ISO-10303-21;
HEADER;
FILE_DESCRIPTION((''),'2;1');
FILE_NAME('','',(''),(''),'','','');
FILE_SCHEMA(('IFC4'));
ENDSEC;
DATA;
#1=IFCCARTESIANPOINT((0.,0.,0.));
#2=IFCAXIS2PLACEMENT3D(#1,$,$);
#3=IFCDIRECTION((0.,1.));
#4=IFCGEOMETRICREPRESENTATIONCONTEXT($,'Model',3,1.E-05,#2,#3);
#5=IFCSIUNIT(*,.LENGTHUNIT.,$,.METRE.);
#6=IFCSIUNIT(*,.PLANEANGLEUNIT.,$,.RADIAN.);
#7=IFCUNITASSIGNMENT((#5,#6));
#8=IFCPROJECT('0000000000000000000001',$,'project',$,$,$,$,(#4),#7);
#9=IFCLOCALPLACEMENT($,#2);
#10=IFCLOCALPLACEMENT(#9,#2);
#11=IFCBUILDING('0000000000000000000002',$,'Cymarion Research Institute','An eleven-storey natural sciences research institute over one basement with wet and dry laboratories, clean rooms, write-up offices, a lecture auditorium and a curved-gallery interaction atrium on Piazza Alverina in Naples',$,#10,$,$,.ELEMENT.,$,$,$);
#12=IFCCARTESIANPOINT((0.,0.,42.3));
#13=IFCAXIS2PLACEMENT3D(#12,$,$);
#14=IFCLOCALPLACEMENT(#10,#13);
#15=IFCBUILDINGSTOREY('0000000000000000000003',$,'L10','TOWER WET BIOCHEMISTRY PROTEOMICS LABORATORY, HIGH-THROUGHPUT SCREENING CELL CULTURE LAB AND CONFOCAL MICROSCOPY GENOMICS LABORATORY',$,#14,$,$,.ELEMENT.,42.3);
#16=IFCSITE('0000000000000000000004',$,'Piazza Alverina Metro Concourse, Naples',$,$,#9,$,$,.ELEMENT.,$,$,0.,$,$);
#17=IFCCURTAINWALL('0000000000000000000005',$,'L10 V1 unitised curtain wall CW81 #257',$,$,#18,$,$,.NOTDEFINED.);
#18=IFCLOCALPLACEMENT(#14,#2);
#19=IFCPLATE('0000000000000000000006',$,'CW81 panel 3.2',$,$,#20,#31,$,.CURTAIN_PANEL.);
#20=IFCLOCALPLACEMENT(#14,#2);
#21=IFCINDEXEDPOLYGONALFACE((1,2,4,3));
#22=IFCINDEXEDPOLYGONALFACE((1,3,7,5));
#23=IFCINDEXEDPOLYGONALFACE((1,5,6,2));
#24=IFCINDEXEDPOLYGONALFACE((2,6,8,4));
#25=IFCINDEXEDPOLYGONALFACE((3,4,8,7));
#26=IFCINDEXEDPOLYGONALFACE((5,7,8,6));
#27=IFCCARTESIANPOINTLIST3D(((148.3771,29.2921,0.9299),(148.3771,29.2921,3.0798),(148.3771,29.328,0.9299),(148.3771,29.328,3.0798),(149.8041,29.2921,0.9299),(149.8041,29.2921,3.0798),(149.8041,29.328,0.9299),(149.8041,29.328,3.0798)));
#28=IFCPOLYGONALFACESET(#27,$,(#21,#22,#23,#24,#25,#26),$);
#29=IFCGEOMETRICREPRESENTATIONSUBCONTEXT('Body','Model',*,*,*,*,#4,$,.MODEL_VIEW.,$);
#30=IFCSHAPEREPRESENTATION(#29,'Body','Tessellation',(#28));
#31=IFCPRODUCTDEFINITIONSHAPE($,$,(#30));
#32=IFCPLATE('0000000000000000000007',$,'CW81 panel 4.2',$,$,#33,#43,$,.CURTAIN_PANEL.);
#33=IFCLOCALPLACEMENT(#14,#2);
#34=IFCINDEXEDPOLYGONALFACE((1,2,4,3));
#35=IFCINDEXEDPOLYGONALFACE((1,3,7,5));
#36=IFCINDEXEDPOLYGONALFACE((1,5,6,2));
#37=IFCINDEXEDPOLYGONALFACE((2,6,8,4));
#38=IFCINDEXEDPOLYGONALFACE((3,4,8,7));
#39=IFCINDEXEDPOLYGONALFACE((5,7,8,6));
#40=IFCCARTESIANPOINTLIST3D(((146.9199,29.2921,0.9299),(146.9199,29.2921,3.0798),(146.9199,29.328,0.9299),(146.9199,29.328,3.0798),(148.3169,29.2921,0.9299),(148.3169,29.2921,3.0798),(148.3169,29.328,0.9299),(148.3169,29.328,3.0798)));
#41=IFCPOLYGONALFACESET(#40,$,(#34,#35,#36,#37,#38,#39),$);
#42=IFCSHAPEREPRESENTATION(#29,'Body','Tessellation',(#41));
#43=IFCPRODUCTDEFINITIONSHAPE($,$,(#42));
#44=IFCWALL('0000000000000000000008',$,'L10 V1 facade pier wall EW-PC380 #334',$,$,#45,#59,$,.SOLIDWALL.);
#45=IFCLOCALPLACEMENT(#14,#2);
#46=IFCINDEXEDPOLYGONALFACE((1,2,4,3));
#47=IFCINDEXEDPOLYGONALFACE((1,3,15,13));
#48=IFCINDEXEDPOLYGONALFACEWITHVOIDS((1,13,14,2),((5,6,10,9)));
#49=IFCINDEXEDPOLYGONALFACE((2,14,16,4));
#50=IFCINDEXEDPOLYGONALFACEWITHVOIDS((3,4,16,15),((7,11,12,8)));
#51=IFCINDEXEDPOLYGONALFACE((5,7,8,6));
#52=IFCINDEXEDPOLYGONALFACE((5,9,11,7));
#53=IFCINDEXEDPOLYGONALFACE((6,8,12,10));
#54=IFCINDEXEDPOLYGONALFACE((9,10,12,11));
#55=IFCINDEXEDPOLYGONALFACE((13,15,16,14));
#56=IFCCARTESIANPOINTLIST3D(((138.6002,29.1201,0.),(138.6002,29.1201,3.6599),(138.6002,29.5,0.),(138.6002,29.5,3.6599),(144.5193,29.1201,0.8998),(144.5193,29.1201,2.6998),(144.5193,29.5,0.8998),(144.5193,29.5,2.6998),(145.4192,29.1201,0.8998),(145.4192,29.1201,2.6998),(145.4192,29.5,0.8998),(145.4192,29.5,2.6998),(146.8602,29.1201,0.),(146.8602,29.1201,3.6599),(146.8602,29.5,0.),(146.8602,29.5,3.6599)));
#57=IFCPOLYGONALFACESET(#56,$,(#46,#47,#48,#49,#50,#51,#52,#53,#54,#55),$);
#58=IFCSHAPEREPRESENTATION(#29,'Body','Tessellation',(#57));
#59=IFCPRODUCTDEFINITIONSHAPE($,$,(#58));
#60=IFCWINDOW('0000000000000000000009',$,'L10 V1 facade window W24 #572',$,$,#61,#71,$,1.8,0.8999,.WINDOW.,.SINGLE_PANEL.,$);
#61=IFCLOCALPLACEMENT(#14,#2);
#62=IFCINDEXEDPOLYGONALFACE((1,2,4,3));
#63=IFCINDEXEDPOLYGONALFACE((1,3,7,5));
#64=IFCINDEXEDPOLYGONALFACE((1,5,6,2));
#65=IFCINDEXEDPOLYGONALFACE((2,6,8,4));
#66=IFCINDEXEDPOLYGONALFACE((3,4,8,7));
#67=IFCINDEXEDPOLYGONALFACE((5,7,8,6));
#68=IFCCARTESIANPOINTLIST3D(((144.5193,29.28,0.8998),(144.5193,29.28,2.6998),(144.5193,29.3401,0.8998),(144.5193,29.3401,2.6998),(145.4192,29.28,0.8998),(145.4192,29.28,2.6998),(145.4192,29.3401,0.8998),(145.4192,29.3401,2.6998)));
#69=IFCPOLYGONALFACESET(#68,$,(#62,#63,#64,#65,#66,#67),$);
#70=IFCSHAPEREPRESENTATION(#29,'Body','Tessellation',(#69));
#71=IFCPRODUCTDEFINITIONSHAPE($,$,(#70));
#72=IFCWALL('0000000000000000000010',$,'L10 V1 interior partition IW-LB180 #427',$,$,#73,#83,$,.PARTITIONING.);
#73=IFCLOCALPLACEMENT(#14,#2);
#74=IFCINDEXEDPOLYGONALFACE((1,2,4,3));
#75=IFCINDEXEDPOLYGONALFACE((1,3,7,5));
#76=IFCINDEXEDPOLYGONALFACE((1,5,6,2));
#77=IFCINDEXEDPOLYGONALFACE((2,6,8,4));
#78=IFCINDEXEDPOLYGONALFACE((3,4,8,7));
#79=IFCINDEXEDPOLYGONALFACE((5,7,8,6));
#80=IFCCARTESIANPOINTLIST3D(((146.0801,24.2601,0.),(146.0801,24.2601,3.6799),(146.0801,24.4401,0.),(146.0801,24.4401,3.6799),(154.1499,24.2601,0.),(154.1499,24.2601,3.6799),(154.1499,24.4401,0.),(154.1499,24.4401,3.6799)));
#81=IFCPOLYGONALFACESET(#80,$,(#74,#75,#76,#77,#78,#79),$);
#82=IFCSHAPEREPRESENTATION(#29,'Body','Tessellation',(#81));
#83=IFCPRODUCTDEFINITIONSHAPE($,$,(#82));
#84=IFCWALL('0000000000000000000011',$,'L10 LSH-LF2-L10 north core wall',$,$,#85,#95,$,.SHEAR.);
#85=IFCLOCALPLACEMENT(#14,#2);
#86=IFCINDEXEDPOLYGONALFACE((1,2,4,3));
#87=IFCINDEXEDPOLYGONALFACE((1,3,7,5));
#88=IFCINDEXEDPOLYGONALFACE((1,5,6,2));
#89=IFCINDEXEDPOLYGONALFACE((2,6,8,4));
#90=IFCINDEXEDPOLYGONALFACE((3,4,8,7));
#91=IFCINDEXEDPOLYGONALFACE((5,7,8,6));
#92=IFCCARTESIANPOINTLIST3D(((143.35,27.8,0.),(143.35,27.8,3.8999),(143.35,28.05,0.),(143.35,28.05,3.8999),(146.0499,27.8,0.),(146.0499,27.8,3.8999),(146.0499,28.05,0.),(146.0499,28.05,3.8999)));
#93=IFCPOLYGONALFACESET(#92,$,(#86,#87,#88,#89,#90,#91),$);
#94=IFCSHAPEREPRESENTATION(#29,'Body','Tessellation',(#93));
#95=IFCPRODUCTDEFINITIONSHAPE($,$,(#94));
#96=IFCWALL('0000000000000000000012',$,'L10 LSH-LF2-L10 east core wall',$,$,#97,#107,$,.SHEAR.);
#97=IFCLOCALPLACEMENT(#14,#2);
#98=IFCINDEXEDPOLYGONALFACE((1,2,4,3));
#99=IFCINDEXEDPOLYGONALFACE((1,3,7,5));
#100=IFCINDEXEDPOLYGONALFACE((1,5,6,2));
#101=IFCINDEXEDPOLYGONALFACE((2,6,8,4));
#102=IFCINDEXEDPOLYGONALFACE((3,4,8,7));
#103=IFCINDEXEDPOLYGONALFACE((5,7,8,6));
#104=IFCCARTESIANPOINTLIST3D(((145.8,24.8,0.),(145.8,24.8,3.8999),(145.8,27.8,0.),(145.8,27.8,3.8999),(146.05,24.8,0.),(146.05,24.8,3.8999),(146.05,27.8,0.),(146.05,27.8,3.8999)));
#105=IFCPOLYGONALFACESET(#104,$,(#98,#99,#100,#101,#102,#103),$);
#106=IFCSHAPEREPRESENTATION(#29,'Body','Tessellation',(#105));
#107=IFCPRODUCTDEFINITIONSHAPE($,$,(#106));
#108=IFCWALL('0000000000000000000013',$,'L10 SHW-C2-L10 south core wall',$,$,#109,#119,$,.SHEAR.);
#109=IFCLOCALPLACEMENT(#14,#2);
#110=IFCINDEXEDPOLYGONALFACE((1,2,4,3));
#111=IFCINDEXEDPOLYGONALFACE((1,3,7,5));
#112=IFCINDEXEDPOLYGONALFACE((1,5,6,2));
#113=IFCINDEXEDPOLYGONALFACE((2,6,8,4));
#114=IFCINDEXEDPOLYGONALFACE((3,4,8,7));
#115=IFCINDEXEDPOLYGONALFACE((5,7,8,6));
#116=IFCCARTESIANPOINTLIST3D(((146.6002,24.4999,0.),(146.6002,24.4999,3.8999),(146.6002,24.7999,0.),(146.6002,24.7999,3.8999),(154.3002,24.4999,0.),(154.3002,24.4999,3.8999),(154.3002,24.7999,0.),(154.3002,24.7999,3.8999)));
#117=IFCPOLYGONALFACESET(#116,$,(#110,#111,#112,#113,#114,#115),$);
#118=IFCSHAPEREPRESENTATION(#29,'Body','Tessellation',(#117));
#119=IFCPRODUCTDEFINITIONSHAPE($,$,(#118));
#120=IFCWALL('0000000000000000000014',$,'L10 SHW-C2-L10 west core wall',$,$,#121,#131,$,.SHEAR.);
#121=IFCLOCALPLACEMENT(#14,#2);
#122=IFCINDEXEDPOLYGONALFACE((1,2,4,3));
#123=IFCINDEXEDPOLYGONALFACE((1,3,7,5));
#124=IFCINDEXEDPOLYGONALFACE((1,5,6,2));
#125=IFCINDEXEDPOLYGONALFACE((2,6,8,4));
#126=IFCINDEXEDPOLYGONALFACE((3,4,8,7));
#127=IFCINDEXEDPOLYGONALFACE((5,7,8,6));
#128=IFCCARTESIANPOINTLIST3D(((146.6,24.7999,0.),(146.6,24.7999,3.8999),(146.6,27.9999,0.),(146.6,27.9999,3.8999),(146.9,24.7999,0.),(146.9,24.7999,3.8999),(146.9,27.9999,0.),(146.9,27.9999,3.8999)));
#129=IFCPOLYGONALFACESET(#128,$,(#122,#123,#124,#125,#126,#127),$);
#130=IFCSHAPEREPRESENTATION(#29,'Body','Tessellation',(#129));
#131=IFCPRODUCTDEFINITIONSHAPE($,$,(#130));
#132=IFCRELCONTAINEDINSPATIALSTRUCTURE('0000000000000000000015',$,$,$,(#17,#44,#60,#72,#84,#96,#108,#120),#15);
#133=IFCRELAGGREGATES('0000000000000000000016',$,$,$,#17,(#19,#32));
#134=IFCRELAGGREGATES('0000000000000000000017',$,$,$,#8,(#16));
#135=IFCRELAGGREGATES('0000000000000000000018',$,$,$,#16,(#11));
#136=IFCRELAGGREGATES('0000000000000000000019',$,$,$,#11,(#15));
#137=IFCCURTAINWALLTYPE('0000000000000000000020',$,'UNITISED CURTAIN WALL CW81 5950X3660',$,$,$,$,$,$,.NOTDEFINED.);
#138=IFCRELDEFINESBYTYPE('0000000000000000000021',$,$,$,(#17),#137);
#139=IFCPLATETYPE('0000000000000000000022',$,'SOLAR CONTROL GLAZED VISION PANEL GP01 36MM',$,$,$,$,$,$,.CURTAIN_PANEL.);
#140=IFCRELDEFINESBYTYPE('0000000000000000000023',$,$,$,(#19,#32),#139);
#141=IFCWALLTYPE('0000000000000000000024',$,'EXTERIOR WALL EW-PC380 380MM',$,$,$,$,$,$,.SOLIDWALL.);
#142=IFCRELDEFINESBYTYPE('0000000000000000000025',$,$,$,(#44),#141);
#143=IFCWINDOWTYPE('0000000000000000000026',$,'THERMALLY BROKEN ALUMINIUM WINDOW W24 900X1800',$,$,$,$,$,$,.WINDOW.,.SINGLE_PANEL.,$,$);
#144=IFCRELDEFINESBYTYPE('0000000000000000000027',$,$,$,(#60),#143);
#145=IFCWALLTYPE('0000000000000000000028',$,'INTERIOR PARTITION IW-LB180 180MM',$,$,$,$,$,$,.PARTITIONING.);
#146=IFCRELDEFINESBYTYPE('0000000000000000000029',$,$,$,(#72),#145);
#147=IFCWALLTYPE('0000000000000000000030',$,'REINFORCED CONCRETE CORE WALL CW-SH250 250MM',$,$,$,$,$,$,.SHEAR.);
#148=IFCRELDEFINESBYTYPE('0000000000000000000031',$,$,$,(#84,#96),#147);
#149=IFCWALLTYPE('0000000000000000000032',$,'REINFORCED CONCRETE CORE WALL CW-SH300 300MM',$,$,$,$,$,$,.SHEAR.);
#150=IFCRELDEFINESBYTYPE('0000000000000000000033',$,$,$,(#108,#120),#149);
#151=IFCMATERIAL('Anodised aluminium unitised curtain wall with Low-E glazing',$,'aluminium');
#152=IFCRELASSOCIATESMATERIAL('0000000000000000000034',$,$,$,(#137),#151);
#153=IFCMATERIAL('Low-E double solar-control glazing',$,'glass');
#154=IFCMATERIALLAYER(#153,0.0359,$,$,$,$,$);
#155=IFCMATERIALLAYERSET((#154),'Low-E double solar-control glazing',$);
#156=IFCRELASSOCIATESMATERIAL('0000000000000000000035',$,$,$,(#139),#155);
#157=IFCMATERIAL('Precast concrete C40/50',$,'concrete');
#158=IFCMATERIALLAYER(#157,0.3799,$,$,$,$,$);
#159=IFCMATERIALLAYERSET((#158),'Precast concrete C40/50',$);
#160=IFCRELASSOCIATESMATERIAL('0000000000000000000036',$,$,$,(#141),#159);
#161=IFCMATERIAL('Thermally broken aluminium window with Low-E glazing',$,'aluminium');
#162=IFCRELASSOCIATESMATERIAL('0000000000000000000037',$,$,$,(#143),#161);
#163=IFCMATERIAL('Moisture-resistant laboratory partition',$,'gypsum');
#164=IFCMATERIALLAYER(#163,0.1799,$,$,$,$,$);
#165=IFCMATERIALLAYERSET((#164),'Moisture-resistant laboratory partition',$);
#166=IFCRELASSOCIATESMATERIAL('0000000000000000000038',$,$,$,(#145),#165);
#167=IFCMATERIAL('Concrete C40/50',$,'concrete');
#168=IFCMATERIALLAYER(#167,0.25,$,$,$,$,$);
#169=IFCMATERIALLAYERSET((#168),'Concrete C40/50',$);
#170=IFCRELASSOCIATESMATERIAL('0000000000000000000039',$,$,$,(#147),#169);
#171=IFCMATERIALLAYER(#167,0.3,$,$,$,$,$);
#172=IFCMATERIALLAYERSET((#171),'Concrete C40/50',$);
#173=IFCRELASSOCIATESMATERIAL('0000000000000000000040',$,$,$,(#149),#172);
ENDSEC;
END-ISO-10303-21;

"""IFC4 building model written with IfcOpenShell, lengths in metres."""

from ifc_helpers import new_model, si_unit, direction, frame, frame_2d, origin, origin_2d, place, context, subcontext, project, spatial, rectangle, extrude, material, layer, layer_set, type_object, element, fill, aggregate, save


model = new_model("IFC4")

# Units and contexts
model_context = context("Model", 3, precision=1e-05, world=origin(), true_north=direction((0.0, 1.0)))
body_context = subcontext(model_context, "Body", "Model", "MODEL_VIEW")
ifc_project = project(units=[si_unit("LENGTHUNIT", "METRE"), si_unit("PLANEANGLEUNIT", "RADIAN")], contexts=[model_context])

# Site, building, storey
site_placement = place(None, origin())
site = spatial("IfcSite", under=ifc_project, at=site_placement, Name="Piazza Alverina Metro Concourse, Naples", CompositionType="ELEMENT", RefElevation=0.0)
building_placement = place(site_placement, origin())
building = spatial("IfcBuilding", under=site, at=building_placement, Name="Cymarion Research Institute", Description="An eleven-storey natural sciences research institute over one basement with wet and dry laboratories, clean rooms, write-up offices, a lecture auditorium and a curved-gallery interaction atrium on Piazza Alverina in Naples", CompositionType="ELEMENT")
storey_placement = place(building_placement, frame((0.0, 0.0, 42.3)))
storey = spatial("IfcBuildingStorey", under=building, at=storey_placement, Name="L10", Description="TOWER WET BIOCHEMISTRY PROTEOMICS LABORATORY, HIGH-THROUGHPUT SCREENING CELL CULTURE LAB AND CONFOCAL MICROSCOPY GENOMICS LABORATORY", CompositionType="ELEMENT", Elevation=42.3)

# Shared definitions
ifc_material_1 = material(Name="Concrete C40/50", Category="concrete")

# Curtain wall
ifc_material_2 = material(Name="Anodised aluminium unitised curtain wall with Low-E glazing", Category="aluminium")
curtain_wall_type = type_object("IfcCurtainWallType", Name="UNITISED CURTAIN WALL CW81 5950X3660", PredefinedType="NOTDEFINED", material=ifc_material_2)
curtain_wall_placement = place(storey_placement, origin())
curtain_wall = element("IfcCurtainWall", 1, at=curtain_wall_placement, inside=storey, type_object=curtain_wall_type, Name="L10 V1 unitised curtain wall CW81 #257", PredefinedType="NOTDEFINED")

# Plates
ifc_material_3 = material(Name="Low-E double solar-control glazing", Category="glass")
ifc_layer_1 = layer(ifc_material_3, 0.0359)
ifc_layer_set_1 = layer_set([ifc_layer_1], Name="Low-E double solar-control glazing")
plate_type_1 = type_object("IfcPlateType", Name="SOLAR CONTROL GLAZED VISION PANEL GP01 36MM", PredefinedType="CURTAIN_PANEL", material=ifc_layer_set_1)
plate_1_placement = place(storey_placement, frame((149.0906, 29.3101, 0.9299), z_axis=(0.0, 0.0, 1.0), x_axis=(-1.0, 0.0, 0.0)))
plate_1 = element("IfcPlate", 2, at=plate_1_placement, type_object=plate_type_1, Name="CW81 panel 3.2", PredefinedType="CURTAIN_PANEL", context=body_context, shape_type="SweptSolid", body=[
    extrude(rectangle(XDim=1.427, YDim=0.0359, at=origin_2d()), origin(), (0.0, 0.0, 1.0), 2.1499),
])
plate_2_placement = place(storey_placement, frame((147.6184, 29.3101, 0.9299), z_axis=(0.0, 0.0, 1.0), x_axis=(-1.0, 0.0, 0.0)))
plate_2 = element("IfcPlate", 3, at=plate_2_placement, type_object=plate_type_1, Name="CW81 panel 4.2", PredefinedType="CURTAIN_PANEL", context=body_context, shape_type="SweptSolid", body=[
    extrude(rectangle(XDim=1.397, YDim=0.0359, at=origin_2d()), origin(), (0.0, 0.0, 1.0), 2.1499),
])
aggregate(curtain_wall, [plate_1, plate_2])

# Wall, opening, window
ifc_material_4 = material(Name="Precast concrete C40/50", Category="concrete")
ifc_layer_2 = layer(ifc_material_4, 0.3799)
ifc_layer_set_2 = layer_set([ifc_layer_2], Name="Precast concrete C40/50")
wall_type_1 = type_object("IfcWallType", Name="EXTERIOR WALL EW-PC380 380MM", PredefinedType="SOLIDWALL", material=ifc_layer_set_2)
wall_1_placement = place(storey_placement, frame((146.8601, 29.3101, 0.0), z_axis=(0.0, 0.0, 1.0), x_axis=(-1.0, 0.0, 0.0)))
wall_1 = element("IfcWall", 4, at=wall_1_placement, inside=storey, type_object=wall_type_1, Name="L10 V1 facade pier wall EW-PC380 #334", PredefinedType="SOLIDWALL", context=body_context, shape_type="SweptSolid", body=[
    extrude(rectangle(XDim=8.26, YDim=0.3799, at=frame_2d((4.1299, 0.0))), origin(), (0.0, 0.0, 1.0), 3.6599),
])
opening_placement = place(wall_1_placement, frame((1.4409, 0.0, 0.8999)))
opening = element("IfcOpeningElement", 5, at=opening_placement, cuts=wall_1, PredefinedType="OPENING", context=body_context, shape_type="SweptSolid", body=[
    extrude(rectangle(XDim=0.8999, YDim=1.8, at=frame_2d((0.45, 0.8999))), frame((0.0, 0.2, 0.0), z_axis=(0.0, -1.0, 0.0), x_axis=(1.0, 0.0, 0.0)), (0.0, 0.0, 1.0), 0.3999),
])
ifc_material_5 = material(Name="Thermally broken aluminium window with Low-E glazing", Category="aluminium")
window_type = type_object("IfcWindowType", Name="THERMALLY BROKEN ALUMINIUM WINDOW W24 900X1800", PartitioningType="SINGLE_PANEL", PredefinedType="WINDOW", material=ifc_material_5)
window_placement = place(opening_placement, origin())
window = element("IfcWindow", 6, at=window_placement, inside=storey, type_object=window_type, Name="L10 V1 facade window W24 #572", OverallHeight=1.8, OverallWidth=0.8999, PartitioningType="SINGLE_PANEL", PredefinedType="WINDOW", context=body_context, shape_type="SweptSolid", body=[
    extrude(rectangle(XDim=0.8999, YDim=1.8, at=frame_2d((0.45, 0.8999))), frame((0.0, 0.03, 0.0), z_axis=(0.0, -1.0, 0.0), x_axis=(1.0, 0.0, 0.0)), (0.0, 0.0, 1.0), 0.0601),
])
fill(opening, window)

# Walls
ifc_material_6 = material(Name="Moisture-resistant laboratory partition", Category="gypsum")
ifc_layer_3 = layer(ifc_material_6, 0.1799)
ifc_layer_set_3 = layer_set([ifc_layer_3], Name="Moisture-resistant laboratory partition")
wall_type_2 = type_object("IfcWallType", Name="INTERIOR PARTITION IW-LB180 180MM", PredefinedType="PARTITIONING", material=ifc_layer_set_3)
wall_2_placement = place(storey_placement, frame((146.0801, 24.3501, 0.0), z_axis=(0.0, 0.0, 1.0), x_axis=(1.0, 0.0, 0.0)))
element("IfcWall", 7, at=wall_2_placement, inside=storey, type_object=wall_type_2, Name="L10 V1 interior partition IW-LB180 #427", PredefinedType="PARTITIONING", context=body_context, shape_type="SweptSolid", body=[
    extrude(rectangle(XDim=8.0698, YDim=0.1799, at=frame_2d((4.0349, 0.0))), origin(), (0.0, 0.0, 1.0), 3.6799),
])
ifc_layer_4 = layer(ifc_material_1, 0.25)
ifc_layer_set_4 = layer_set([ifc_layer_4], Name="Concrete C40/50")
wall_type_3 = type_object("IfcWallType", Name="REINFORCED CONCRETE CORE WALL CW-SH250 250MM", PredefinedType="SHEAR", material=ifc_layer_set_4)
wall_3_placement = place(storey_placement, frame((146.05, 27.925, 0.0), z_axis=(0.0, 0.0, 1.0), x_axis=(-1.0, 0.0, 0.0)))
element("IfcWall", 8, at=wall_3_placement, inside=storey, type_object=wall_type_3, Name="L10 LSH-LF2-L10 north core wall", PredefinedType="SHEAR", context=body_context, shape_type="SweptSolid", body=[
    extrude(rectangle(XDim=2.7, YDim=0.25, at=frame_2d((1.3501, 0.0))), origin(), (0.0, 0.0, 1.0), 3.8999),
])
wall_4_placement = place(storey_placement, frame((145.925, 24.8, 0.0), z_axis=(0.0, 0.0, 1.0), x_axis=(0.0, 1.0, 0.0)))
element("IfcWall", 9, at=wall_4_placement, inside=storey, type_object=wall_type_3, Name="L10 LSH-LF2-L10 east core wall", PredefinedType="SHEAR", context=body_context, shape_type="SweptSolid", body=[
    extrude(rectangle(XDim=3.0, YDim=0.25, at=frame_2d((1.5, 0.0))), origin(), (0.0, 0.0, 1.0), 3.8999),
])
ifc_layer_5 = layer(ifc_material_1, 0.3)
ifc_layer_set_5 = layer_set([ifc_layer_5], Name="Concrete C40/50")
wall_type_4 = type_object("IfcWallType", Name="REINFORCED CONCRETE CORE WALL CW-SH300 300MM", PredefinedType="SHEAR", material=ifc_layer_set_5)
wall_5_placement = place(storey_placement, frame((146.6001, 24.6499, 0.0), z_axis=(0.0, 0.0, 1.0), x_axis=(1.0, 0.0, 0.0)))
element("IfcWall", 10, at=wall_5_placement, inside=storey, type_object=wall_type_4, Name="L10 SHW-C2-L10 south core wall", PredefinedType="SHEAR", context=body_context, shape_type="SweptSolid", body=[
    extrude(rectangle(XDim=7.7, YDim=0.3, at=frame_2d((3.8501, 0.0))), origin(), (0.0, 0.0, 1.0), 3.8999),
])
wall_6_placement = place(storey_placement, frame((146.75, 28.0, 0.0), z_axis=(0.0, 0.0, 1.0), x_axis=(0.0, -1.0, 0.0)))
element("IfcWall", 11, at=wall_6_placement, inside=storey, type_object=wall_type_4, Name="L10 SHW-C2-L10 west core wall", PredefinedType="SHEAR", context=body_context, shape_type="SweptSolid", body=[
    extrude(rectangle(XDim=3.2, YDim=0.3, at=frame_2d((1.6001, 0.0))), origin(), (0.0, 0.0, 1.0), 3.8999),
])

save(model, "model.ifc")
